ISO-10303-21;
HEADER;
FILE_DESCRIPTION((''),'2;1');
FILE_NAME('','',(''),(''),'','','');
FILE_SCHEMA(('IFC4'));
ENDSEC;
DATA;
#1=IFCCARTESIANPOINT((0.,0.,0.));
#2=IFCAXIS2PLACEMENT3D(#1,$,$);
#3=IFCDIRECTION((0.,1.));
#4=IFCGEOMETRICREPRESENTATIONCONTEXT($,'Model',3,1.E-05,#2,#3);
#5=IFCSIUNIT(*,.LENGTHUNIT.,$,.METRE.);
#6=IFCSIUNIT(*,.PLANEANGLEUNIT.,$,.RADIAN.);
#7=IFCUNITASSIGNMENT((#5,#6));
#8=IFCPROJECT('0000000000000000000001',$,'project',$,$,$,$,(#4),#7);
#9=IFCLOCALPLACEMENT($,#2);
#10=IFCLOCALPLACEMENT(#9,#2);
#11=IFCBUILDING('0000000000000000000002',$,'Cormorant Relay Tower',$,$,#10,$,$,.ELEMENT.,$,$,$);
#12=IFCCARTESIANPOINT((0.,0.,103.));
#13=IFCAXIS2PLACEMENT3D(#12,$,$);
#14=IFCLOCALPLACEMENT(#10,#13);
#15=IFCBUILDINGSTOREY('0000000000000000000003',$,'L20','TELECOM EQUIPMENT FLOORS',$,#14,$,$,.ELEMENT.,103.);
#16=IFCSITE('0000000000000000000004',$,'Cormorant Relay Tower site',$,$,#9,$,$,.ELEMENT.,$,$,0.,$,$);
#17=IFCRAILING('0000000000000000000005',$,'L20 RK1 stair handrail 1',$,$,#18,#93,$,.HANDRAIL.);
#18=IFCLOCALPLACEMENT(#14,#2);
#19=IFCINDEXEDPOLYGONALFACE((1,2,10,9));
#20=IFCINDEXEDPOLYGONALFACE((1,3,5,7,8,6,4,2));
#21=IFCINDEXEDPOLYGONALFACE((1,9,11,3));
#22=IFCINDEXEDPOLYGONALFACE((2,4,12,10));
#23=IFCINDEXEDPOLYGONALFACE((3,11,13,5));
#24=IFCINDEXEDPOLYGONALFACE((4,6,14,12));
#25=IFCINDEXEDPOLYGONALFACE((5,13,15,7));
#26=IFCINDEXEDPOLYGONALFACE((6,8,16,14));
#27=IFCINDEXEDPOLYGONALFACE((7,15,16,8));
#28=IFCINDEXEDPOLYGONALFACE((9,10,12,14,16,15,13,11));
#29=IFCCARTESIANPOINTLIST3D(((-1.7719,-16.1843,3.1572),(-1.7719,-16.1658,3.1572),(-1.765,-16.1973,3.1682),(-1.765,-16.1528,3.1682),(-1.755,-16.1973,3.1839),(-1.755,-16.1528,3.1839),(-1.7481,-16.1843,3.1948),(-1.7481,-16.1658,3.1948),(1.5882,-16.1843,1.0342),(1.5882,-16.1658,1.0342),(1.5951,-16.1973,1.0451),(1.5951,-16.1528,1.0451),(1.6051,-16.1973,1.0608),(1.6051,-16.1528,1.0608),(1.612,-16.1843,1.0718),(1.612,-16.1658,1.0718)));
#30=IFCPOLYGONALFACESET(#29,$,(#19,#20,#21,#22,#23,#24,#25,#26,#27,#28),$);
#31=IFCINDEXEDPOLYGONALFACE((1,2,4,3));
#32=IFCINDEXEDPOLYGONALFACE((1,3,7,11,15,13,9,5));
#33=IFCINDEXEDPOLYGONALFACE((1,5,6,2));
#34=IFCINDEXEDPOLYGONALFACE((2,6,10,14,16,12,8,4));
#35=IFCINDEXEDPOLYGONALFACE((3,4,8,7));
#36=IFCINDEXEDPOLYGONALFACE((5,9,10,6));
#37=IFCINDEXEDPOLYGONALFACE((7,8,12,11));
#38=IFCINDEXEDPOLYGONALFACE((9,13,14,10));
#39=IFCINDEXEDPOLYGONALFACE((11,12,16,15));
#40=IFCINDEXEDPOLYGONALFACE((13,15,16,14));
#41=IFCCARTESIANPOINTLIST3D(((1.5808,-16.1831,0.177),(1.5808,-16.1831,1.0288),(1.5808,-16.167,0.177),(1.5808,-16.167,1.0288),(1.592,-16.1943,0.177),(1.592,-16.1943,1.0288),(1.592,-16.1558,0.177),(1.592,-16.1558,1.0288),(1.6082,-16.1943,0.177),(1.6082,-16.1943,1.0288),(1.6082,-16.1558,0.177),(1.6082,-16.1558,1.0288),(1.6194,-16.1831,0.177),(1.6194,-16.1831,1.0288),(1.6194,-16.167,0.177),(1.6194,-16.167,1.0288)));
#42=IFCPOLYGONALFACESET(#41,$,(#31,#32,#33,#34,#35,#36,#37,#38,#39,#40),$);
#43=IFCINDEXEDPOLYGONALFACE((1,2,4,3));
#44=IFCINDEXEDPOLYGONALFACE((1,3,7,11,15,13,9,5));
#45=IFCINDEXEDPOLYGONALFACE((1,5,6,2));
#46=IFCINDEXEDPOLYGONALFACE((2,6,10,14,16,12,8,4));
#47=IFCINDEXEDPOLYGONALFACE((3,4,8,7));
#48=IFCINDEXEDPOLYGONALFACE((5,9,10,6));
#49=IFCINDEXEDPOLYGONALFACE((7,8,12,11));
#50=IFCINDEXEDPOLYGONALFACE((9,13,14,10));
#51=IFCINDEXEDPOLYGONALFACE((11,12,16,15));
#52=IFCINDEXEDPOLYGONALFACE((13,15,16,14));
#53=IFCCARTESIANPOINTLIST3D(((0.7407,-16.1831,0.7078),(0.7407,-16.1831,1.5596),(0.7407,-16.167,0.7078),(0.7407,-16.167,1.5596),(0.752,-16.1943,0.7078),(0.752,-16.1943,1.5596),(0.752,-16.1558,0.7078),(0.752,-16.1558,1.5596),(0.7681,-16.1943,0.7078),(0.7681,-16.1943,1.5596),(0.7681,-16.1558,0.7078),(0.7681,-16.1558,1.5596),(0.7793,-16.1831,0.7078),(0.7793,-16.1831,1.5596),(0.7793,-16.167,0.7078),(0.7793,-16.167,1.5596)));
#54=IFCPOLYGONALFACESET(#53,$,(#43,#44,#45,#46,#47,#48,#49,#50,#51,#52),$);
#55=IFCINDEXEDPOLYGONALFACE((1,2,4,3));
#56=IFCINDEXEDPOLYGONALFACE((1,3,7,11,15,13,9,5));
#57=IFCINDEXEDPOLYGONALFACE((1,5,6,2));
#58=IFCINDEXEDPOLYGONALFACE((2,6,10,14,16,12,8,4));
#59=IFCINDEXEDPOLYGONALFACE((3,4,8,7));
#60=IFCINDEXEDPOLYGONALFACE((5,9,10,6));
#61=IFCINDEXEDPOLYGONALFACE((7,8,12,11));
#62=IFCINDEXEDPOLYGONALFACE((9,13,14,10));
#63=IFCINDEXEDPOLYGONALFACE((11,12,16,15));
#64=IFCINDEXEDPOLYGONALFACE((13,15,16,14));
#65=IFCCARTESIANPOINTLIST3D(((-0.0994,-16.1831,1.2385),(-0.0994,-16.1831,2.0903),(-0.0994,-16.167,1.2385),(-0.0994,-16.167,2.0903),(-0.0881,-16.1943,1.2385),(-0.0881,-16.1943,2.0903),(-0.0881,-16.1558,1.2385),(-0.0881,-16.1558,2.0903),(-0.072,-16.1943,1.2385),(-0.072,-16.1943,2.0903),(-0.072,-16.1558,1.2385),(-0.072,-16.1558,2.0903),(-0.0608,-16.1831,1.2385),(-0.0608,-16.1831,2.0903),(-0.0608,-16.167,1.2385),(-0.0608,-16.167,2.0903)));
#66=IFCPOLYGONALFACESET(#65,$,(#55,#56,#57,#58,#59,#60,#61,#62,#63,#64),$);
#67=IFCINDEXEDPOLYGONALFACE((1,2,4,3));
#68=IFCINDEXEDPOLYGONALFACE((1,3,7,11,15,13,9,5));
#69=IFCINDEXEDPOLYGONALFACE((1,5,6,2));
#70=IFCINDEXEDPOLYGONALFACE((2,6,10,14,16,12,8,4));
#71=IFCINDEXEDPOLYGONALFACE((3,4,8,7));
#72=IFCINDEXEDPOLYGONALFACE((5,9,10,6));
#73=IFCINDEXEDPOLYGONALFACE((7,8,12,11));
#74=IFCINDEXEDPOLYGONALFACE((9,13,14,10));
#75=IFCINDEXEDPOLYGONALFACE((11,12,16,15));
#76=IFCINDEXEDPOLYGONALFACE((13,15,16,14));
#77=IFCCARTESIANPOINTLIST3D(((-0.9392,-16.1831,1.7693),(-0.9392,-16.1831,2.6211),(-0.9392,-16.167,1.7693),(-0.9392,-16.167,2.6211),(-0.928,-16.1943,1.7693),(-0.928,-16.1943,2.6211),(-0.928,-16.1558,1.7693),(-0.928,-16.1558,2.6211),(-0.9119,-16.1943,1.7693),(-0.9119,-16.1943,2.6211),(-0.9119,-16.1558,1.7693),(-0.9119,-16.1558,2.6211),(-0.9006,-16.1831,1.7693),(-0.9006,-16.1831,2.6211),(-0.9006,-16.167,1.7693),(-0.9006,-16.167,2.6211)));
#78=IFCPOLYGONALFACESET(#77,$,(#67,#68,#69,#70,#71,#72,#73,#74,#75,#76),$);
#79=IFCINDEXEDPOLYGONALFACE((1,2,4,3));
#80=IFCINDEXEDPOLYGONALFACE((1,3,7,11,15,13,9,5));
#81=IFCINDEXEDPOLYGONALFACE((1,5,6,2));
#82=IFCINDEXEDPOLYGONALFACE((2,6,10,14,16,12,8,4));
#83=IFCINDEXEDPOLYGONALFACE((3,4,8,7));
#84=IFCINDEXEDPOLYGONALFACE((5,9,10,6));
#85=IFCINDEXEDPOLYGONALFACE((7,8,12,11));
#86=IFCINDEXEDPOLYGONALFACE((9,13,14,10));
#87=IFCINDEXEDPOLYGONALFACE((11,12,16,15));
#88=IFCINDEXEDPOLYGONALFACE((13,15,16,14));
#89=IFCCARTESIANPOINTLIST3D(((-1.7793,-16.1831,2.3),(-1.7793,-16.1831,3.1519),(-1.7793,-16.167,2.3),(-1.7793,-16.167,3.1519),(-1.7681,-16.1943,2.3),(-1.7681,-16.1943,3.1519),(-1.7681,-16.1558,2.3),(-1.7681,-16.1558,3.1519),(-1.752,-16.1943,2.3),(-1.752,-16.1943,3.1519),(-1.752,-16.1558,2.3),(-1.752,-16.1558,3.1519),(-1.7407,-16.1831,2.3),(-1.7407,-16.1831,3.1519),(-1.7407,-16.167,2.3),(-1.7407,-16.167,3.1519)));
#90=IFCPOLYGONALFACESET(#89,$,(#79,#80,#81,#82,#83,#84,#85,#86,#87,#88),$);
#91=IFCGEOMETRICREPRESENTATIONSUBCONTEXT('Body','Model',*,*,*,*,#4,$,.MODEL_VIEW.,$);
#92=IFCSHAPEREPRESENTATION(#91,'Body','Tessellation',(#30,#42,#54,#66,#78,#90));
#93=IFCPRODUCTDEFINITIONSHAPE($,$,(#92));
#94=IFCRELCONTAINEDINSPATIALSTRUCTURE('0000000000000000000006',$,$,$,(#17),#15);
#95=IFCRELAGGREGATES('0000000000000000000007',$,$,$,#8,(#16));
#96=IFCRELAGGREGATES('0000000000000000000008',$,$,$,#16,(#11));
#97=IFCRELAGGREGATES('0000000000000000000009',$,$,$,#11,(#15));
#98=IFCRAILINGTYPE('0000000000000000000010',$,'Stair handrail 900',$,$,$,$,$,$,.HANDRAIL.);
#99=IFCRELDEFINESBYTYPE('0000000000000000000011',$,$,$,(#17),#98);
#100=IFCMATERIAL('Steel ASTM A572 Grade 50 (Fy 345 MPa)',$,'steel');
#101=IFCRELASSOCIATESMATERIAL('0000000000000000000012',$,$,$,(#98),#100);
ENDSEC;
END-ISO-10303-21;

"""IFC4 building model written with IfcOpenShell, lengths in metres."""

from ifc_helpers import new_model, si_unit, direction, frame, origin, place, context, subcontext, project, spatial, polyline, outline, extrude, material, type_object, element, save


model = new_model("IFC4")

# Units and contexts
model_context = context("Model", 3, precision=1e-05, world=origin(), true_north=direction((0.0, 1.0)))
body_context = subcontext(model_context, "Body", "Model", "MODEL_VIEW")
ifc_project = project(units=[si_unit("LENGTHUNIT", "METRE"), si_unit("PLANEANGLEUNIT", "RADIAN")], contexts=[model_context])

# Site, building, storey
site_placement = place(None, origin())
site = spatial("IfcSite", under=ifc_project, at=site_placement, Name="Cormorant Relay Tower site", CompositionType="ELEMENT", RefElevation=0.0)
building_placement = place(site_placement, origin())
building = spatial("IfcBuilding", under=site, at=building_placement, Name="Cormorant Relay Tower", CompositionType="ELEMENT")
storey_placement = place(building_placement, frame((0.0, 0.0, 103.0)))
storey = spatial("IfcBuildingStorey", under=building, at=storey_placement, Name="L20", Description="TELECOM EQUIPMENT FLOORS", CompositionType="ELEMENT", Elevation=103.0)

# Railing
ifc_material_1 = material(Name="Steel ASTM A572 Grade 50 (Fy 345 MPa)", Category="steel")
railing_type_1 = type_object("IfcRailingType", Name="Stair handrail 900", PredefinedType="HANDRAIL", material=ifc_material_1)
railing_1_placement = place(storey_placement, frame((1.6001, -16.175, 0.177)))
element("IfcRailing", 1, at=railing_1_placement, inside=storey, type_object=railing_type_1, Name="L20 RK1 stair handrail 1", PredefinedType="HANDRAIL", context=body_context, shape_type="SweptSolid", body=[
    extrude(outline(polyline([(0.0222, 0.0093), (0.0093, 0.0222), (-0.0093, 0.0222), (-0.0222, 0.0093), (-0.0222, -0.0093), (-0.0093, -0.0222), (0.0093, -0.0222), (0.0222, -0.0093), (0.0222, 0.0093)])), frame((0.0, 0.0, 0.876), z_axis=(-0.84539, 0.0, 0.53415), x_axis=(0.0, -1.0, 0.0)), (0.0, 0.0, 1.0), 3.9746),
    extrude(outline(polyline([(0.0193, 0.0081), (0.0081, 0.0193), (-0.0081, 0.0193), (-0.0193, 0.0081), (-0.0193, -0.0081), (-0.0081, -0.0193), (0.0081, -0.0193), (0.0193, -0.0081), (0.0193, 0.0081)])), origin(), (0.0, 0.0, 1.0), 0.8518),
    extrude(outline(polyline([(0.0193, 0.0081), (0.0081, 0.0193), (-0.0081, 0.0193), (-0.0193, 0.0081), (-0.0193, -0.0081), (-0.0081, -0.0193), (0.0081, -0.0193), (0.0193, -0.0081), (0.0193, 0.0081)])), frame((-0.8401, 0.0, 0.5308)), (0.0, 0.0, 1.0), 0.8518),
    extrude(outline(polyline([(0.0193, 0.0081), (0.0081, 0.0193), (-0.0081, 0.0193), (-0.0193, 0.0081), (-0.0193, -0.0081), (-0.0081, -0.0193), (0.0081, -0.0193), (0.0193, -0.0081), (0.0193, 0.0081)])), frame((-1.6802, 0.0, 1.0615)), (0.0, 0.0, 1.0), 0.8518),
    extrude(outline(polyline([(0.0193, 0.0081), (0.0081, 0.0193), (-0.0081, 0.0193), (-0.0193, 0.0081), (-0.0193, -0.0081), (-0.0081, -0.0193), (0.0081, -0.0193), (0.0193, -0.0081), (0.0193, 0.0081)])), frame((-2.52, 0.0, 1.5923)), (0.0, 0.0, 1.0), 0.8518),
    extrude(outline(polyline([(0.0193, 0.0081), (0.0081, 0.0193), (-0.0081, 0.0193), (-0.0193, 0.0081), (-0.0193, -0.0081), (-0.0081, -0.0193), (0.0081, -0.0193), (0.0193, -0.0081), (0.0193, 0.0081)])), frame((-3.3601, 0.0, 2.123)), (0.0, 0.0, 1.0), 0.8518),
])

save(model, "model.ifc")
